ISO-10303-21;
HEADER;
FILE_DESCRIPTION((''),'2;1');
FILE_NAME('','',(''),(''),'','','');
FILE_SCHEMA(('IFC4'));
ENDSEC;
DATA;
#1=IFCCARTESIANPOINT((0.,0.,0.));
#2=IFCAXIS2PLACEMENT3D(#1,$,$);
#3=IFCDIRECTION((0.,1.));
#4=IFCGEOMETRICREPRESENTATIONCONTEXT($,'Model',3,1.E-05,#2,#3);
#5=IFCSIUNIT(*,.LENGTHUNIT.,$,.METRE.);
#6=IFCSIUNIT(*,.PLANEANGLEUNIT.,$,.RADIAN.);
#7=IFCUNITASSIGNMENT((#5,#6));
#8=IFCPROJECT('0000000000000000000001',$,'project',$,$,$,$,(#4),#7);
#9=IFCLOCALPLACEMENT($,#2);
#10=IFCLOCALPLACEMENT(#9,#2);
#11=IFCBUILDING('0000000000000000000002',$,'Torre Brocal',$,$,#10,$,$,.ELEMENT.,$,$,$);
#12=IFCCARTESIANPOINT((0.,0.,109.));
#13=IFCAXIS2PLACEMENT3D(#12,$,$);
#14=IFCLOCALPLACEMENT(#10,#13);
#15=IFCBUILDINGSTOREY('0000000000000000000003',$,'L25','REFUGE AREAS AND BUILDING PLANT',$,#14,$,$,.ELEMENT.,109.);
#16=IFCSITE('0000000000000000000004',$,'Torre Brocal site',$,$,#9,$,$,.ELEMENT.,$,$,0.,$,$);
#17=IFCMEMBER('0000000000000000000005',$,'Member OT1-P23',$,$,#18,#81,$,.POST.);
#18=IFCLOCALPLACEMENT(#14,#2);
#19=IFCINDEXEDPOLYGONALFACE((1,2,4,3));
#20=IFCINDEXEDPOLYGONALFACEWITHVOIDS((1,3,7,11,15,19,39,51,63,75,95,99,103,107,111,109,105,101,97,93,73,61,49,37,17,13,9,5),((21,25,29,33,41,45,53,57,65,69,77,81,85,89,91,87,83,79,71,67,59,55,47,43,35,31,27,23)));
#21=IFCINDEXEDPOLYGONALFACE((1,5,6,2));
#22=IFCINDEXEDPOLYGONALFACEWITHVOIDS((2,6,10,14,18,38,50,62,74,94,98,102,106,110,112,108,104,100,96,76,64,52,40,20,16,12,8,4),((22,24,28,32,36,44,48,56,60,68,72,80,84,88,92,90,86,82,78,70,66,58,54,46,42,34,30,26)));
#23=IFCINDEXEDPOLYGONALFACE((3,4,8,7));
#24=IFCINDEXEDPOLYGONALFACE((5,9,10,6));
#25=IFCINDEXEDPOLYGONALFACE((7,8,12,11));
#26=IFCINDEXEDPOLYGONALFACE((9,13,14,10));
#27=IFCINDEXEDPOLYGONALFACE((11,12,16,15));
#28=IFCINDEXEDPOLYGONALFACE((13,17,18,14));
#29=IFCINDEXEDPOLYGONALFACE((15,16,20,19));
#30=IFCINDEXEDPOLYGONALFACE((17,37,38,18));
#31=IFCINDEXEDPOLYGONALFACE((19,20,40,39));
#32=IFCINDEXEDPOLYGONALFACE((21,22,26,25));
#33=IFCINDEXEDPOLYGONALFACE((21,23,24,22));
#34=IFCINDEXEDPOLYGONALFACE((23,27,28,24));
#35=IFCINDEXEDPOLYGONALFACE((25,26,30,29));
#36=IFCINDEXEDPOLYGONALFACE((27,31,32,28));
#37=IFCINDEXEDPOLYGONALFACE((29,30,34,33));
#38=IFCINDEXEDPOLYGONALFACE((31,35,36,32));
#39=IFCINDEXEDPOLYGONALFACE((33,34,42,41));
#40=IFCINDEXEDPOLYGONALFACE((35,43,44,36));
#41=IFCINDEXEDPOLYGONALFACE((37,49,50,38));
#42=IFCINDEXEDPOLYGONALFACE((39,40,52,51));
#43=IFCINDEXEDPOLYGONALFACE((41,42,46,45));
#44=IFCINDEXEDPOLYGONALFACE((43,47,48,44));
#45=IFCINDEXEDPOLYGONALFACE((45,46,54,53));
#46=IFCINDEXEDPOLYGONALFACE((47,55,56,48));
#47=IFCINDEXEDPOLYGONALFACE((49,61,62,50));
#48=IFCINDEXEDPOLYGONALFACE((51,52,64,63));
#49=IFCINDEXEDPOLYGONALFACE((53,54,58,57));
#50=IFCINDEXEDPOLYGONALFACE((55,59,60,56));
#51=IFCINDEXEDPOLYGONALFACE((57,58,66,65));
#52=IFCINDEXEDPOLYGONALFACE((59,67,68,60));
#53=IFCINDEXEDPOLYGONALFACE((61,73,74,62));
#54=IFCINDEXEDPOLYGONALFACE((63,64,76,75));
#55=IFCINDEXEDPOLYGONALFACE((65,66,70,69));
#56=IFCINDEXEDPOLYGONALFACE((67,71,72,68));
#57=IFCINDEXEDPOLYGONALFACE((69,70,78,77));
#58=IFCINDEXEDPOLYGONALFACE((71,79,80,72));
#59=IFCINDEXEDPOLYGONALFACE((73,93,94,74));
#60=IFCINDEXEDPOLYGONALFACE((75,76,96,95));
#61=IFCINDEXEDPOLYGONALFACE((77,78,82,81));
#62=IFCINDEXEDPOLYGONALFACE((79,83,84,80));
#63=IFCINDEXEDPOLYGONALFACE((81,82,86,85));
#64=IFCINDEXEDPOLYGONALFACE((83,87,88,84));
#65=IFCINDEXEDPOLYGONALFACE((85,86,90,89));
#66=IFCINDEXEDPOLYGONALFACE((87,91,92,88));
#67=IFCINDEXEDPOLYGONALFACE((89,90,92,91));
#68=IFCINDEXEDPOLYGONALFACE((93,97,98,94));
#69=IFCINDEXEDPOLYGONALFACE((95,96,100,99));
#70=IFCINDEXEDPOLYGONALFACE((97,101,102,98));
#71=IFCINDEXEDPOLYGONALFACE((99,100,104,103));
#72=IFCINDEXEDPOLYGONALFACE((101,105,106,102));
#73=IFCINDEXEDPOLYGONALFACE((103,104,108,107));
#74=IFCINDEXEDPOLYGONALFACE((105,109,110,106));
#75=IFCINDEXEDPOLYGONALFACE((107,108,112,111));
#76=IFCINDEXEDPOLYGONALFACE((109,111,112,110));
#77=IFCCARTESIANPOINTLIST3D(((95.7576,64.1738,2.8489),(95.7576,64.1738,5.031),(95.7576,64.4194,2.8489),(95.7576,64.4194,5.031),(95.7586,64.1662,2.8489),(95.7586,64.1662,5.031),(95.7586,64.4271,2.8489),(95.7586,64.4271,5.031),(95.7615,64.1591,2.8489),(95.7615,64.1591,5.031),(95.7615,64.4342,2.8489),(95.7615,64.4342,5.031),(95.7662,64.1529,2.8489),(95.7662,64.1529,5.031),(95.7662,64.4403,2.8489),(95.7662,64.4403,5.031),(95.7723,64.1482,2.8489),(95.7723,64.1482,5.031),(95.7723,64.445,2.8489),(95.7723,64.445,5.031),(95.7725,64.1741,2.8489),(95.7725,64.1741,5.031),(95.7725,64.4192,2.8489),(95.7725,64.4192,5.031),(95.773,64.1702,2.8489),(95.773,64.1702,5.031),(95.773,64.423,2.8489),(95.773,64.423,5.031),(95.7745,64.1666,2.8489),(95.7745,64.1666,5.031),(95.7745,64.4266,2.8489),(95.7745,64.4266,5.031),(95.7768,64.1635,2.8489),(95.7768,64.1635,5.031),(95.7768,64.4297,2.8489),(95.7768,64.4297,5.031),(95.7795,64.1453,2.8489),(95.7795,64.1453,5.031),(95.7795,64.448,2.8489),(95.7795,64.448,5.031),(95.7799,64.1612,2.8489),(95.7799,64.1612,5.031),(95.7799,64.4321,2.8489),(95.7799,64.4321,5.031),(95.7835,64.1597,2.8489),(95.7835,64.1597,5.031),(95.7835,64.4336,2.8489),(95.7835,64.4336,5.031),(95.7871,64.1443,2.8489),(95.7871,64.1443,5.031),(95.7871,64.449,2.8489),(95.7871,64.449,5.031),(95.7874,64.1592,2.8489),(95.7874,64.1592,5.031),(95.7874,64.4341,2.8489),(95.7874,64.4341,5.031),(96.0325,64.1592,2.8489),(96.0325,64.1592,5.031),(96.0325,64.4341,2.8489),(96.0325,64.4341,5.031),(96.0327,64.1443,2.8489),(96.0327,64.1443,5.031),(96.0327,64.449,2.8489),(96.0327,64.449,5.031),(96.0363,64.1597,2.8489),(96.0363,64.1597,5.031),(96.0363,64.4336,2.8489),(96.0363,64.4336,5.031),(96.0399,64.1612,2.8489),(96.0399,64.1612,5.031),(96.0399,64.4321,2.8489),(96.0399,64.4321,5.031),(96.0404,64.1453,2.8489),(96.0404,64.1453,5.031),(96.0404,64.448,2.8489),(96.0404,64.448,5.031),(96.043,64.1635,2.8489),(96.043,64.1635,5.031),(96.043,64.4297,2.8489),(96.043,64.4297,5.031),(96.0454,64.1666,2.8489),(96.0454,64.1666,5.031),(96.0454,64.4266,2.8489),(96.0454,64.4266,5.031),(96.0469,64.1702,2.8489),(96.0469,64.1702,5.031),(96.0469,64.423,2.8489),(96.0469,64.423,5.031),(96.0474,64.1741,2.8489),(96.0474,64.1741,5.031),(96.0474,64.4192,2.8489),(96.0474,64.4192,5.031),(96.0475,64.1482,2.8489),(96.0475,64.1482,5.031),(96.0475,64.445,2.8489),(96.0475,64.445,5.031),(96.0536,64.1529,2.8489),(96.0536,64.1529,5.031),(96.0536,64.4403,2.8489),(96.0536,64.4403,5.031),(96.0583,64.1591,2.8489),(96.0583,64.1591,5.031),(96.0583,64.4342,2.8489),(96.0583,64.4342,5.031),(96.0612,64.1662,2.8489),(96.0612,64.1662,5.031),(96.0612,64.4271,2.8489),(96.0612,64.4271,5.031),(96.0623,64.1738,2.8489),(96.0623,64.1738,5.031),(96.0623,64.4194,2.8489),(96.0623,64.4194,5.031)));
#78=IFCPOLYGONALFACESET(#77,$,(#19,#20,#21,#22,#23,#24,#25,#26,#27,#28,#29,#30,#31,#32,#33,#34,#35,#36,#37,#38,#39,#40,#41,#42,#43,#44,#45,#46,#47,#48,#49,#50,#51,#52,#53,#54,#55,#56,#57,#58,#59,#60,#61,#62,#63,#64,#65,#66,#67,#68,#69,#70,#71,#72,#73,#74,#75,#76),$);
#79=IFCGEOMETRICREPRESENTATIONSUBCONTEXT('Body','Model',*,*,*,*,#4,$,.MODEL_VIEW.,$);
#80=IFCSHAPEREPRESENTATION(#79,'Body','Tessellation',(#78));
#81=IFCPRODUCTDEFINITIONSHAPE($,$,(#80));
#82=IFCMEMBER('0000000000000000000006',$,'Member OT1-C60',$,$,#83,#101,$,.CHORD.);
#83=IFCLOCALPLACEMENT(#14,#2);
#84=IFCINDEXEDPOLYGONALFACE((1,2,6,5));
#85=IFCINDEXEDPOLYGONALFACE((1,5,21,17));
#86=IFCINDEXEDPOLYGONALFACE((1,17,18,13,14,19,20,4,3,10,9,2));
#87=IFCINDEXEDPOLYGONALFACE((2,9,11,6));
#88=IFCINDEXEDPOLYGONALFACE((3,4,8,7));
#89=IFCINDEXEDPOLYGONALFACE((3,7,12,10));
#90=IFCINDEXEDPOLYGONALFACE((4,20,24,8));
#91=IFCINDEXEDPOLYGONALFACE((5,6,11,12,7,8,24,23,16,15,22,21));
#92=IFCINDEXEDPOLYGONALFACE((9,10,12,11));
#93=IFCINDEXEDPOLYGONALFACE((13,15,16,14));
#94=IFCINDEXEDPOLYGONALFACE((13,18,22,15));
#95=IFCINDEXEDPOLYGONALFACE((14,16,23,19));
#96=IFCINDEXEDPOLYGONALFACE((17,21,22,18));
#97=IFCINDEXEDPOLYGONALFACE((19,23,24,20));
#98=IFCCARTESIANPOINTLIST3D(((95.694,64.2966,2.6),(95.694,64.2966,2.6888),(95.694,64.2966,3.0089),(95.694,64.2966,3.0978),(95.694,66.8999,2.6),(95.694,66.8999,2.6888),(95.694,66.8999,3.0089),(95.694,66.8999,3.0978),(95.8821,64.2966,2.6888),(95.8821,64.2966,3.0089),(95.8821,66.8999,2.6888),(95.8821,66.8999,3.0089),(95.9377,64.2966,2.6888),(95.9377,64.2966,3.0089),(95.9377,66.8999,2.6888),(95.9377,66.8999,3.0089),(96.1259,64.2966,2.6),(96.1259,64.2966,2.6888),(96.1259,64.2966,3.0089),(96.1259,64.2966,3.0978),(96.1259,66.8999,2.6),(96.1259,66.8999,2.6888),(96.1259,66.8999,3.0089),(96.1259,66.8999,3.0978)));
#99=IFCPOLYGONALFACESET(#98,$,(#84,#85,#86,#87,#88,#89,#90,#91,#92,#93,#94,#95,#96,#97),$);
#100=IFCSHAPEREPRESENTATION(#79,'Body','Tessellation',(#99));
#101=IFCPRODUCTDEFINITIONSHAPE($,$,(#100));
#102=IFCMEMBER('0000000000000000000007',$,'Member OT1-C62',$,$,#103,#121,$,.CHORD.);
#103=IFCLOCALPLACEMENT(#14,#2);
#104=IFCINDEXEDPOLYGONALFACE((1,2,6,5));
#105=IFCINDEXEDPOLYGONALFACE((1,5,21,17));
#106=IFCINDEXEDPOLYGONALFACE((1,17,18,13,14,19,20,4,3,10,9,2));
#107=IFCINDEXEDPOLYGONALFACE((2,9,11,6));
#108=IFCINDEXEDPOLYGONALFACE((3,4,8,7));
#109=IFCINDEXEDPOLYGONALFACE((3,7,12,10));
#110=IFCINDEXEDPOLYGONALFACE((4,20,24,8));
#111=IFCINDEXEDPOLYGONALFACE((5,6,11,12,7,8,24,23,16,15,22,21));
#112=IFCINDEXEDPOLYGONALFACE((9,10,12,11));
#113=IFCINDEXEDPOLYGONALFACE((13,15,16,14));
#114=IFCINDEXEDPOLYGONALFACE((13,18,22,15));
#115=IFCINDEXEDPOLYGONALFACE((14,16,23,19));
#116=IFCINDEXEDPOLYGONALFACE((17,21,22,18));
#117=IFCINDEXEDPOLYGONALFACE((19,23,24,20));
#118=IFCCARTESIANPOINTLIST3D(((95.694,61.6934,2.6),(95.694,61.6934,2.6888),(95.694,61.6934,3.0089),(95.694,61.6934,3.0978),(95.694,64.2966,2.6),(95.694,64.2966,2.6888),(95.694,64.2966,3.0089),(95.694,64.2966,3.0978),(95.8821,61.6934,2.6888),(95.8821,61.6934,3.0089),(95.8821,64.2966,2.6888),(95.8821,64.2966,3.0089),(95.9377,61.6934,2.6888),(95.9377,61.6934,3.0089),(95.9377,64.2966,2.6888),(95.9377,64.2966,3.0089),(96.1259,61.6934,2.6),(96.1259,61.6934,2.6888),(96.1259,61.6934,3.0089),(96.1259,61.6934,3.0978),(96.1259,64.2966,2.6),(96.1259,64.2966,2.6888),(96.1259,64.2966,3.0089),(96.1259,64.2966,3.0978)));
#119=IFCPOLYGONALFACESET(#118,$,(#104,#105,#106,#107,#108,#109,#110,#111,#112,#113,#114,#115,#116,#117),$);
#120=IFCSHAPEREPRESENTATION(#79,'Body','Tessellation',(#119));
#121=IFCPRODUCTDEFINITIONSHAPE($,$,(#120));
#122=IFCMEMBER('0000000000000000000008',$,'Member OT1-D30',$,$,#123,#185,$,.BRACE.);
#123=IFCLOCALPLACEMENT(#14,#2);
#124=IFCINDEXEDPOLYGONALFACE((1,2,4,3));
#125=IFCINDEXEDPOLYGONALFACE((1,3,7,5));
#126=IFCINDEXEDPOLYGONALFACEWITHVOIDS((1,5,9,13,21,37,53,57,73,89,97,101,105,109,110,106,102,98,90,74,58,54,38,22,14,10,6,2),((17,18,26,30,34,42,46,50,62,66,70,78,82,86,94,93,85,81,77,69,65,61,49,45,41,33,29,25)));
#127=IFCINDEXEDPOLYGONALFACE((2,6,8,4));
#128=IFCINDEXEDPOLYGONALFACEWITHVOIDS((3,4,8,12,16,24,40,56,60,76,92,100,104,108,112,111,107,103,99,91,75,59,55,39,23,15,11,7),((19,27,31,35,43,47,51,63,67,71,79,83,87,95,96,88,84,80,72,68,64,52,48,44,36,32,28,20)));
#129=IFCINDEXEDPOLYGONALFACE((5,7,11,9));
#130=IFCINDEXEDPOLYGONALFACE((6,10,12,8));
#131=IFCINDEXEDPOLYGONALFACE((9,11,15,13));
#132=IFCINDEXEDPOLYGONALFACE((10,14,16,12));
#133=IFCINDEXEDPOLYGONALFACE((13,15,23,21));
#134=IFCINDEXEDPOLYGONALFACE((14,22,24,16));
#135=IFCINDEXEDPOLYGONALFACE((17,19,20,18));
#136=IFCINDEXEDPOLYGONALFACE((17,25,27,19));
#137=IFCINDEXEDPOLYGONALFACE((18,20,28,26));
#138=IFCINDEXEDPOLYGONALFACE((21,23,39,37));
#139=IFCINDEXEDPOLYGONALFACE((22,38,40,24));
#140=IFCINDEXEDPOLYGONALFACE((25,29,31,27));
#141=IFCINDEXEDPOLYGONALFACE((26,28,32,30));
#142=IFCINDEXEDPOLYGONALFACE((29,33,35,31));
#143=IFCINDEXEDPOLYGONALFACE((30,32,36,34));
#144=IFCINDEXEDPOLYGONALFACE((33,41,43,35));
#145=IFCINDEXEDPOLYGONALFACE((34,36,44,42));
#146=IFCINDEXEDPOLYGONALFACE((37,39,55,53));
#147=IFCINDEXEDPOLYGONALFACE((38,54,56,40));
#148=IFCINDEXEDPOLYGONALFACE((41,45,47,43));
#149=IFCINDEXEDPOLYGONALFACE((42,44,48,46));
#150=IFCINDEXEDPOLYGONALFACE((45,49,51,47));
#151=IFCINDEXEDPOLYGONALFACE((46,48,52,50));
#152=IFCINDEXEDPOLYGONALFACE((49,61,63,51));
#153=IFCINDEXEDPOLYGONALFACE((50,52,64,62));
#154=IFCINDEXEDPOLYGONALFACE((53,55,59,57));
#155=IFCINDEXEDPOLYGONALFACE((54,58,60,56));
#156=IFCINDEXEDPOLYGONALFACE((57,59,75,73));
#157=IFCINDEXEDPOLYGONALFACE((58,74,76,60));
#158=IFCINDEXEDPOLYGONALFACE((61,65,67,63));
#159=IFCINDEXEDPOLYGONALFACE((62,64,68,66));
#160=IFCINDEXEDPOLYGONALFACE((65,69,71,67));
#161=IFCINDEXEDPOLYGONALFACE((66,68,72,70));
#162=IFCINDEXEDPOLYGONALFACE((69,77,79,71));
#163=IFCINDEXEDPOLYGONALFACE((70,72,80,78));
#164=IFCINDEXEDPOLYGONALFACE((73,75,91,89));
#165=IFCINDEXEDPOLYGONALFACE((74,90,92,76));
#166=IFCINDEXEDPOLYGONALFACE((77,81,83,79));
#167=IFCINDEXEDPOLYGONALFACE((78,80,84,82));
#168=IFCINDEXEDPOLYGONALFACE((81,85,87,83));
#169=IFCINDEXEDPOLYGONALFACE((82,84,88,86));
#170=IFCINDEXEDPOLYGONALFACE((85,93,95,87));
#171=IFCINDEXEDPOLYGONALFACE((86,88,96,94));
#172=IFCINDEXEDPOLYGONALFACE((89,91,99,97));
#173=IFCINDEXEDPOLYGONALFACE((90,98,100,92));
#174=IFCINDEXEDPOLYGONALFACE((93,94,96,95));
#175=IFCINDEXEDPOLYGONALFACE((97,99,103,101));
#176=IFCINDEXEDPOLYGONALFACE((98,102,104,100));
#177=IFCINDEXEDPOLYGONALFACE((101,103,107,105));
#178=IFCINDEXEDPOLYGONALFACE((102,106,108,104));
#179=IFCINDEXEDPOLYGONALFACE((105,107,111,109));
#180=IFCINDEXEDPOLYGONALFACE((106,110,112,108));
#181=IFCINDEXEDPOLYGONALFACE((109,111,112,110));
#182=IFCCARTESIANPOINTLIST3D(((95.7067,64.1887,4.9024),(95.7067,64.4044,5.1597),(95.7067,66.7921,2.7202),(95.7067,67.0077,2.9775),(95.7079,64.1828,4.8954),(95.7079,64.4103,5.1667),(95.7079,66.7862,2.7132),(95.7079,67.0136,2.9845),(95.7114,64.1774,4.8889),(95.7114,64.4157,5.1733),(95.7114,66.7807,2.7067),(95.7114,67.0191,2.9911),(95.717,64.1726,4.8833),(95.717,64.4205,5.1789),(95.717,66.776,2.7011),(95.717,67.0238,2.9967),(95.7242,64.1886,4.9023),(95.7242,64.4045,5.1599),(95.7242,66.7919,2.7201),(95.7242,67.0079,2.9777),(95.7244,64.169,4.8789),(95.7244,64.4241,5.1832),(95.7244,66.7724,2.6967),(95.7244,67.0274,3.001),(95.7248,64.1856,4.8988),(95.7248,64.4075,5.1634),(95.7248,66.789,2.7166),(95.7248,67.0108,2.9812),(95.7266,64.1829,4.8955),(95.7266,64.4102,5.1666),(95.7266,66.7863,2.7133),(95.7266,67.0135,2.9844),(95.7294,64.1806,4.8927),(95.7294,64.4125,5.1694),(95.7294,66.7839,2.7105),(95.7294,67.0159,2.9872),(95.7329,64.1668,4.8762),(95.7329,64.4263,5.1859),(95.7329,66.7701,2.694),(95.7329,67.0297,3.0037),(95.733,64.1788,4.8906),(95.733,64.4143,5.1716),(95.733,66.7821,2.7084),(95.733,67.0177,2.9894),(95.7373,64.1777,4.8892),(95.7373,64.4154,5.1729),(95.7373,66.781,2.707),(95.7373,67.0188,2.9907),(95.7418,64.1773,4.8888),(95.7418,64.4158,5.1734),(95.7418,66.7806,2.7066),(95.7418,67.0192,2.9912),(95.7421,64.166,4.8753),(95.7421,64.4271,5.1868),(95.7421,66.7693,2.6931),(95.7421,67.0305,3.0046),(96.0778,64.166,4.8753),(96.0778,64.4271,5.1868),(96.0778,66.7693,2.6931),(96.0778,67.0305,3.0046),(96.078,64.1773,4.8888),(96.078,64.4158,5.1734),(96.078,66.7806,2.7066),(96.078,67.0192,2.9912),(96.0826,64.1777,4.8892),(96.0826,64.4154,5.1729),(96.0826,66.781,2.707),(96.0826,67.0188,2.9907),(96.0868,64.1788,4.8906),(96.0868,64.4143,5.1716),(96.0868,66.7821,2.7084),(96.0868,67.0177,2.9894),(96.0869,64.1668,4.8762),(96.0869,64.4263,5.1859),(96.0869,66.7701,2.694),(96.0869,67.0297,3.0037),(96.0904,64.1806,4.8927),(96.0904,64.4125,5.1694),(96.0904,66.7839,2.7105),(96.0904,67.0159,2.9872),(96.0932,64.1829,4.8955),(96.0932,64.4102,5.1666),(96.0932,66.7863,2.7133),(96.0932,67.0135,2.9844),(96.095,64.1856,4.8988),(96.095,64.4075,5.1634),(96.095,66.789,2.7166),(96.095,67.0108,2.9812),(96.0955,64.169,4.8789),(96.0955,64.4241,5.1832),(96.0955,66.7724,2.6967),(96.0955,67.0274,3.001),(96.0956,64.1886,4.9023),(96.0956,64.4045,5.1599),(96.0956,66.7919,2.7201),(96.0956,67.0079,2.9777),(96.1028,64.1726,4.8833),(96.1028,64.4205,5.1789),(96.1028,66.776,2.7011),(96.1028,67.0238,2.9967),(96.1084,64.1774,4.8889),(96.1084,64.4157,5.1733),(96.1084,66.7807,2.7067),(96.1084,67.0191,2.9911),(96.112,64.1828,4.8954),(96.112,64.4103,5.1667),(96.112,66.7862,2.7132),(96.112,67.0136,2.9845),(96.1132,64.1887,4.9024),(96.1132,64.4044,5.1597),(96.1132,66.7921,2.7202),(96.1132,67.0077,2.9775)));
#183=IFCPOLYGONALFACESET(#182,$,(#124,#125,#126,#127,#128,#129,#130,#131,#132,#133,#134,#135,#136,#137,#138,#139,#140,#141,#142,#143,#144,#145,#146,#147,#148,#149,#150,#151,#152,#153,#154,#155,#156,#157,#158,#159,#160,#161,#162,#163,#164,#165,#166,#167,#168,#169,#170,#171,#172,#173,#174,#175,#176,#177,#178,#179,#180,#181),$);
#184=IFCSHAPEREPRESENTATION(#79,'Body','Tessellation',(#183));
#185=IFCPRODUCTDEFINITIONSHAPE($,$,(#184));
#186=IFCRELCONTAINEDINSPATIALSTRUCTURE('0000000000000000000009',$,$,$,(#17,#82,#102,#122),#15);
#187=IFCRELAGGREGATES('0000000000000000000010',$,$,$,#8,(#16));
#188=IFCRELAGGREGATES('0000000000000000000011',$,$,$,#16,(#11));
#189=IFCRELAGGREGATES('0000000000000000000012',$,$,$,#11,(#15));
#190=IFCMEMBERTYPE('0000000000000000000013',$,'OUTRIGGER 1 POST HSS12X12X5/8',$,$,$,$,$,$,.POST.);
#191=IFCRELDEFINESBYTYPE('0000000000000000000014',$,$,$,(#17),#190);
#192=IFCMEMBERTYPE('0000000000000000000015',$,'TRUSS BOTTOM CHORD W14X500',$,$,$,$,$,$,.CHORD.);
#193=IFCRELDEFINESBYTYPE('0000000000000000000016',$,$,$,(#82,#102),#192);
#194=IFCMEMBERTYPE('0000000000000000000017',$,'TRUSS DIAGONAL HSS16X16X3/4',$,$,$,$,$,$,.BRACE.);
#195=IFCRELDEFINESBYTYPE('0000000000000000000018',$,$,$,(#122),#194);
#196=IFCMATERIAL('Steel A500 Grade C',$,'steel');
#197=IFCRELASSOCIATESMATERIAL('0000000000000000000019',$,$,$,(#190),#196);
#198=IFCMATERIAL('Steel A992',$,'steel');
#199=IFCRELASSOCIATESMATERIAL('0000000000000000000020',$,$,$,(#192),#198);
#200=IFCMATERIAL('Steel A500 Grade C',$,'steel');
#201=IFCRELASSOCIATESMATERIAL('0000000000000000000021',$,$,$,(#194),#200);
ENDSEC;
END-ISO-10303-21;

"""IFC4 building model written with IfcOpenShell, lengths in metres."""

from ifc_helpers import new_model, si_unit, direction, frame, origin, origin_2d, place, context, subcontext, project, spatial, hollow_rectangle, i_section, extrude, material, material_profile, profile_set, type_object, element, save


model = new_model("IFC4")

# Units and contexts
model_context = context("Model", 3, precision=1e-05, world=origin(), true_north=direction((0.0, 1.0)))
body_context = subcontext(model_context, "Body", "Model", "MODEL_VIEW")
ifc_project = project(units=[si_unit("LENGTHUNIT", "METRE"), si_unit("PLANEANGLEUNIT", "RADIAN")], contexts=[model_context])

# Site, building, storey
site_placement = place(None, origin())
site = spatial("IfcSite", under=ifc_project, at=site_placement, Name="Torre Brocal site", CompositionType="ELEMENT", RefElevation=0.0)
building_placement = place(site_placement, origin())
building = spatial("IfcBuilding", under=site, at=building_placement, Name="Torre Brocal", CompositionType="ELEMENT")
storey_placement = place(building_placement, frame((0.0, 0.0, 109.0)))
storey = spatial("IfcBuildingStorey", under=building, at=storey_placement, Name="L25", Description="REFUGE AREAS AND BUILDING PLANT", CompositionType="ELEMENT", Elevation=109.0)

# Members
ifc_material_1 = material(Name="Steel A500 Grade C", Category="steel")
ifc_material_profile_1 = material_profile(ifc_material_1, hollow_rectangle(XDim=0.3047, YDim=0.3047, WallThickness=0.0149, InnerFilletRadius=0.0149, OuterFilletRadius=0.0295, at=origin_2d()), Name="HSS12X12X5/8")
ifc_profile_set_1 = profile_set([ifc_material_profile_1], Name="Steel A500 Grade C")
member_type_1 = type_object("IfcMemberType", Name="OUTRIGGER 1 POST HSS12X12X5/8", PredefinedType="POST", material=ifc_profile_set_1)
member_placement = place(storey_placement, frame((95.9099, 64.2966, 2.8489), z_axis=(0.0, 0.0, 1.0), x_axis=(1.0, 0.0, 0.0)))
element("IfcMember", 1, at=member_placement, inside=storey, type_object=member_type_1, Name="Member OT1-P23", PredefinedType="POST", context=body_context, shape_type="SweptSolid", body=[
    extrude(hollow_rectangle(XDim=0.3047, YDim=0.3047, WallThickness=0.0149, InnerFilletRadius=0.0149, OuterFilletRadius=0.0295, at=origin_2d()), origin(), (0.0, 0.0, 1.0), 2.1821),
])
ifc_material_2 = material(Name="Steel A992", Category="steel")
ifc_material_profile_2 = material_profile(ifc_material_2, i_section(OverallWidth=0.4319, OverallDepth=0.4978, WebThickness=0.0557, FlangeThickness=0.0889, at=origin_2d()), Name="W14X500")
ifc_profile_set_2 = profile_set([ifc_material_profile_2], Name="Steel A992")
member_type_2 = type_object("IfcMemberType", Name="TRUSS BOTTOM CHORD W14X500", PredefinedType="CHORD", material=ifc_profile_set_2)
for number, where, z_axis, x_axis, name in (
    (2, (95.9099, 66.8999, 2.8489), (0.0, -1.0, 0.0), (1.0, 0.0, 0.0), "Member OT1-C60"),
    (3, (95.9099, 64.2966, 2.8489), (0.0, -1.0, 0.0), (1.0, 0.0, 0.0), "Member OT1-C62"),
):
    element("IfcMember", number, at=place(storey_placement, frame(where, z_axis=z_axis, x_axis=x_axis)), inside=storey, type_object=member_type_2, Name=name, PredefinedType="CHORD", context=body_context, shape_type="SweptSolid", body=[
        extrude(i_section(OverallWidth=0.4319, OverallDepth=0.4978, WebThickness=0.0557, FlangeThickness=0.0889, at=origin_2d()), origin(), (0.0, 0.0, 1.0), 2.6033),
    ])
ifc_material_3 = material(Name="Steel A500 Grade C", Category="steel")
ifc_material_profile_3 = material_profile(ifc_material_3, hollow_rectangle(XDim=0.4065, YDim=0.4065, WallThickness=0.0176, InnerFilletRadius=0.0176, OuterFilletRadius=0.0354, at=origin_2d()), Name="HSS16X16X3/4")
ifc_profile_set_3 = profile_set([ifc_material_profile_3], Name="Steel A500 Grade C")
member_type_3 = type_object("IfcMemberType", Name="TRUSS DIAGONAL HSS16X16X3/4", PredefinedType="BRACE", material=ifc_profile_set_3)
for number, where, z_axis, x_axis, name in (
    (4, (95.9099, 66.8999, 2.8489), (0.0, -0.766374, 0.642394), (1.0, 0.0, 0.0), "Member OT1-D30"),
):
    element("IfcMember", number, at=place(storey_placement, frame(where, z_axis=z_axis, x_axis=x_axis)), inside=storey, type_object=member_type_3, Name=name, PredefinedType="BRACE", context=body_context, shape_type="SweptSolid", body=[
        extrude(hollow_rectangle(XDim=0.4065, YDim=0.4065, WallThickness=0.0176, InnerFilletRadius=0.0176, OuterFilletRadius=0.0354, at=origin_2d()), origin(), (0.0, 0.0, 1.0), 3.397),
    ])

save(model, "model.ifc")
